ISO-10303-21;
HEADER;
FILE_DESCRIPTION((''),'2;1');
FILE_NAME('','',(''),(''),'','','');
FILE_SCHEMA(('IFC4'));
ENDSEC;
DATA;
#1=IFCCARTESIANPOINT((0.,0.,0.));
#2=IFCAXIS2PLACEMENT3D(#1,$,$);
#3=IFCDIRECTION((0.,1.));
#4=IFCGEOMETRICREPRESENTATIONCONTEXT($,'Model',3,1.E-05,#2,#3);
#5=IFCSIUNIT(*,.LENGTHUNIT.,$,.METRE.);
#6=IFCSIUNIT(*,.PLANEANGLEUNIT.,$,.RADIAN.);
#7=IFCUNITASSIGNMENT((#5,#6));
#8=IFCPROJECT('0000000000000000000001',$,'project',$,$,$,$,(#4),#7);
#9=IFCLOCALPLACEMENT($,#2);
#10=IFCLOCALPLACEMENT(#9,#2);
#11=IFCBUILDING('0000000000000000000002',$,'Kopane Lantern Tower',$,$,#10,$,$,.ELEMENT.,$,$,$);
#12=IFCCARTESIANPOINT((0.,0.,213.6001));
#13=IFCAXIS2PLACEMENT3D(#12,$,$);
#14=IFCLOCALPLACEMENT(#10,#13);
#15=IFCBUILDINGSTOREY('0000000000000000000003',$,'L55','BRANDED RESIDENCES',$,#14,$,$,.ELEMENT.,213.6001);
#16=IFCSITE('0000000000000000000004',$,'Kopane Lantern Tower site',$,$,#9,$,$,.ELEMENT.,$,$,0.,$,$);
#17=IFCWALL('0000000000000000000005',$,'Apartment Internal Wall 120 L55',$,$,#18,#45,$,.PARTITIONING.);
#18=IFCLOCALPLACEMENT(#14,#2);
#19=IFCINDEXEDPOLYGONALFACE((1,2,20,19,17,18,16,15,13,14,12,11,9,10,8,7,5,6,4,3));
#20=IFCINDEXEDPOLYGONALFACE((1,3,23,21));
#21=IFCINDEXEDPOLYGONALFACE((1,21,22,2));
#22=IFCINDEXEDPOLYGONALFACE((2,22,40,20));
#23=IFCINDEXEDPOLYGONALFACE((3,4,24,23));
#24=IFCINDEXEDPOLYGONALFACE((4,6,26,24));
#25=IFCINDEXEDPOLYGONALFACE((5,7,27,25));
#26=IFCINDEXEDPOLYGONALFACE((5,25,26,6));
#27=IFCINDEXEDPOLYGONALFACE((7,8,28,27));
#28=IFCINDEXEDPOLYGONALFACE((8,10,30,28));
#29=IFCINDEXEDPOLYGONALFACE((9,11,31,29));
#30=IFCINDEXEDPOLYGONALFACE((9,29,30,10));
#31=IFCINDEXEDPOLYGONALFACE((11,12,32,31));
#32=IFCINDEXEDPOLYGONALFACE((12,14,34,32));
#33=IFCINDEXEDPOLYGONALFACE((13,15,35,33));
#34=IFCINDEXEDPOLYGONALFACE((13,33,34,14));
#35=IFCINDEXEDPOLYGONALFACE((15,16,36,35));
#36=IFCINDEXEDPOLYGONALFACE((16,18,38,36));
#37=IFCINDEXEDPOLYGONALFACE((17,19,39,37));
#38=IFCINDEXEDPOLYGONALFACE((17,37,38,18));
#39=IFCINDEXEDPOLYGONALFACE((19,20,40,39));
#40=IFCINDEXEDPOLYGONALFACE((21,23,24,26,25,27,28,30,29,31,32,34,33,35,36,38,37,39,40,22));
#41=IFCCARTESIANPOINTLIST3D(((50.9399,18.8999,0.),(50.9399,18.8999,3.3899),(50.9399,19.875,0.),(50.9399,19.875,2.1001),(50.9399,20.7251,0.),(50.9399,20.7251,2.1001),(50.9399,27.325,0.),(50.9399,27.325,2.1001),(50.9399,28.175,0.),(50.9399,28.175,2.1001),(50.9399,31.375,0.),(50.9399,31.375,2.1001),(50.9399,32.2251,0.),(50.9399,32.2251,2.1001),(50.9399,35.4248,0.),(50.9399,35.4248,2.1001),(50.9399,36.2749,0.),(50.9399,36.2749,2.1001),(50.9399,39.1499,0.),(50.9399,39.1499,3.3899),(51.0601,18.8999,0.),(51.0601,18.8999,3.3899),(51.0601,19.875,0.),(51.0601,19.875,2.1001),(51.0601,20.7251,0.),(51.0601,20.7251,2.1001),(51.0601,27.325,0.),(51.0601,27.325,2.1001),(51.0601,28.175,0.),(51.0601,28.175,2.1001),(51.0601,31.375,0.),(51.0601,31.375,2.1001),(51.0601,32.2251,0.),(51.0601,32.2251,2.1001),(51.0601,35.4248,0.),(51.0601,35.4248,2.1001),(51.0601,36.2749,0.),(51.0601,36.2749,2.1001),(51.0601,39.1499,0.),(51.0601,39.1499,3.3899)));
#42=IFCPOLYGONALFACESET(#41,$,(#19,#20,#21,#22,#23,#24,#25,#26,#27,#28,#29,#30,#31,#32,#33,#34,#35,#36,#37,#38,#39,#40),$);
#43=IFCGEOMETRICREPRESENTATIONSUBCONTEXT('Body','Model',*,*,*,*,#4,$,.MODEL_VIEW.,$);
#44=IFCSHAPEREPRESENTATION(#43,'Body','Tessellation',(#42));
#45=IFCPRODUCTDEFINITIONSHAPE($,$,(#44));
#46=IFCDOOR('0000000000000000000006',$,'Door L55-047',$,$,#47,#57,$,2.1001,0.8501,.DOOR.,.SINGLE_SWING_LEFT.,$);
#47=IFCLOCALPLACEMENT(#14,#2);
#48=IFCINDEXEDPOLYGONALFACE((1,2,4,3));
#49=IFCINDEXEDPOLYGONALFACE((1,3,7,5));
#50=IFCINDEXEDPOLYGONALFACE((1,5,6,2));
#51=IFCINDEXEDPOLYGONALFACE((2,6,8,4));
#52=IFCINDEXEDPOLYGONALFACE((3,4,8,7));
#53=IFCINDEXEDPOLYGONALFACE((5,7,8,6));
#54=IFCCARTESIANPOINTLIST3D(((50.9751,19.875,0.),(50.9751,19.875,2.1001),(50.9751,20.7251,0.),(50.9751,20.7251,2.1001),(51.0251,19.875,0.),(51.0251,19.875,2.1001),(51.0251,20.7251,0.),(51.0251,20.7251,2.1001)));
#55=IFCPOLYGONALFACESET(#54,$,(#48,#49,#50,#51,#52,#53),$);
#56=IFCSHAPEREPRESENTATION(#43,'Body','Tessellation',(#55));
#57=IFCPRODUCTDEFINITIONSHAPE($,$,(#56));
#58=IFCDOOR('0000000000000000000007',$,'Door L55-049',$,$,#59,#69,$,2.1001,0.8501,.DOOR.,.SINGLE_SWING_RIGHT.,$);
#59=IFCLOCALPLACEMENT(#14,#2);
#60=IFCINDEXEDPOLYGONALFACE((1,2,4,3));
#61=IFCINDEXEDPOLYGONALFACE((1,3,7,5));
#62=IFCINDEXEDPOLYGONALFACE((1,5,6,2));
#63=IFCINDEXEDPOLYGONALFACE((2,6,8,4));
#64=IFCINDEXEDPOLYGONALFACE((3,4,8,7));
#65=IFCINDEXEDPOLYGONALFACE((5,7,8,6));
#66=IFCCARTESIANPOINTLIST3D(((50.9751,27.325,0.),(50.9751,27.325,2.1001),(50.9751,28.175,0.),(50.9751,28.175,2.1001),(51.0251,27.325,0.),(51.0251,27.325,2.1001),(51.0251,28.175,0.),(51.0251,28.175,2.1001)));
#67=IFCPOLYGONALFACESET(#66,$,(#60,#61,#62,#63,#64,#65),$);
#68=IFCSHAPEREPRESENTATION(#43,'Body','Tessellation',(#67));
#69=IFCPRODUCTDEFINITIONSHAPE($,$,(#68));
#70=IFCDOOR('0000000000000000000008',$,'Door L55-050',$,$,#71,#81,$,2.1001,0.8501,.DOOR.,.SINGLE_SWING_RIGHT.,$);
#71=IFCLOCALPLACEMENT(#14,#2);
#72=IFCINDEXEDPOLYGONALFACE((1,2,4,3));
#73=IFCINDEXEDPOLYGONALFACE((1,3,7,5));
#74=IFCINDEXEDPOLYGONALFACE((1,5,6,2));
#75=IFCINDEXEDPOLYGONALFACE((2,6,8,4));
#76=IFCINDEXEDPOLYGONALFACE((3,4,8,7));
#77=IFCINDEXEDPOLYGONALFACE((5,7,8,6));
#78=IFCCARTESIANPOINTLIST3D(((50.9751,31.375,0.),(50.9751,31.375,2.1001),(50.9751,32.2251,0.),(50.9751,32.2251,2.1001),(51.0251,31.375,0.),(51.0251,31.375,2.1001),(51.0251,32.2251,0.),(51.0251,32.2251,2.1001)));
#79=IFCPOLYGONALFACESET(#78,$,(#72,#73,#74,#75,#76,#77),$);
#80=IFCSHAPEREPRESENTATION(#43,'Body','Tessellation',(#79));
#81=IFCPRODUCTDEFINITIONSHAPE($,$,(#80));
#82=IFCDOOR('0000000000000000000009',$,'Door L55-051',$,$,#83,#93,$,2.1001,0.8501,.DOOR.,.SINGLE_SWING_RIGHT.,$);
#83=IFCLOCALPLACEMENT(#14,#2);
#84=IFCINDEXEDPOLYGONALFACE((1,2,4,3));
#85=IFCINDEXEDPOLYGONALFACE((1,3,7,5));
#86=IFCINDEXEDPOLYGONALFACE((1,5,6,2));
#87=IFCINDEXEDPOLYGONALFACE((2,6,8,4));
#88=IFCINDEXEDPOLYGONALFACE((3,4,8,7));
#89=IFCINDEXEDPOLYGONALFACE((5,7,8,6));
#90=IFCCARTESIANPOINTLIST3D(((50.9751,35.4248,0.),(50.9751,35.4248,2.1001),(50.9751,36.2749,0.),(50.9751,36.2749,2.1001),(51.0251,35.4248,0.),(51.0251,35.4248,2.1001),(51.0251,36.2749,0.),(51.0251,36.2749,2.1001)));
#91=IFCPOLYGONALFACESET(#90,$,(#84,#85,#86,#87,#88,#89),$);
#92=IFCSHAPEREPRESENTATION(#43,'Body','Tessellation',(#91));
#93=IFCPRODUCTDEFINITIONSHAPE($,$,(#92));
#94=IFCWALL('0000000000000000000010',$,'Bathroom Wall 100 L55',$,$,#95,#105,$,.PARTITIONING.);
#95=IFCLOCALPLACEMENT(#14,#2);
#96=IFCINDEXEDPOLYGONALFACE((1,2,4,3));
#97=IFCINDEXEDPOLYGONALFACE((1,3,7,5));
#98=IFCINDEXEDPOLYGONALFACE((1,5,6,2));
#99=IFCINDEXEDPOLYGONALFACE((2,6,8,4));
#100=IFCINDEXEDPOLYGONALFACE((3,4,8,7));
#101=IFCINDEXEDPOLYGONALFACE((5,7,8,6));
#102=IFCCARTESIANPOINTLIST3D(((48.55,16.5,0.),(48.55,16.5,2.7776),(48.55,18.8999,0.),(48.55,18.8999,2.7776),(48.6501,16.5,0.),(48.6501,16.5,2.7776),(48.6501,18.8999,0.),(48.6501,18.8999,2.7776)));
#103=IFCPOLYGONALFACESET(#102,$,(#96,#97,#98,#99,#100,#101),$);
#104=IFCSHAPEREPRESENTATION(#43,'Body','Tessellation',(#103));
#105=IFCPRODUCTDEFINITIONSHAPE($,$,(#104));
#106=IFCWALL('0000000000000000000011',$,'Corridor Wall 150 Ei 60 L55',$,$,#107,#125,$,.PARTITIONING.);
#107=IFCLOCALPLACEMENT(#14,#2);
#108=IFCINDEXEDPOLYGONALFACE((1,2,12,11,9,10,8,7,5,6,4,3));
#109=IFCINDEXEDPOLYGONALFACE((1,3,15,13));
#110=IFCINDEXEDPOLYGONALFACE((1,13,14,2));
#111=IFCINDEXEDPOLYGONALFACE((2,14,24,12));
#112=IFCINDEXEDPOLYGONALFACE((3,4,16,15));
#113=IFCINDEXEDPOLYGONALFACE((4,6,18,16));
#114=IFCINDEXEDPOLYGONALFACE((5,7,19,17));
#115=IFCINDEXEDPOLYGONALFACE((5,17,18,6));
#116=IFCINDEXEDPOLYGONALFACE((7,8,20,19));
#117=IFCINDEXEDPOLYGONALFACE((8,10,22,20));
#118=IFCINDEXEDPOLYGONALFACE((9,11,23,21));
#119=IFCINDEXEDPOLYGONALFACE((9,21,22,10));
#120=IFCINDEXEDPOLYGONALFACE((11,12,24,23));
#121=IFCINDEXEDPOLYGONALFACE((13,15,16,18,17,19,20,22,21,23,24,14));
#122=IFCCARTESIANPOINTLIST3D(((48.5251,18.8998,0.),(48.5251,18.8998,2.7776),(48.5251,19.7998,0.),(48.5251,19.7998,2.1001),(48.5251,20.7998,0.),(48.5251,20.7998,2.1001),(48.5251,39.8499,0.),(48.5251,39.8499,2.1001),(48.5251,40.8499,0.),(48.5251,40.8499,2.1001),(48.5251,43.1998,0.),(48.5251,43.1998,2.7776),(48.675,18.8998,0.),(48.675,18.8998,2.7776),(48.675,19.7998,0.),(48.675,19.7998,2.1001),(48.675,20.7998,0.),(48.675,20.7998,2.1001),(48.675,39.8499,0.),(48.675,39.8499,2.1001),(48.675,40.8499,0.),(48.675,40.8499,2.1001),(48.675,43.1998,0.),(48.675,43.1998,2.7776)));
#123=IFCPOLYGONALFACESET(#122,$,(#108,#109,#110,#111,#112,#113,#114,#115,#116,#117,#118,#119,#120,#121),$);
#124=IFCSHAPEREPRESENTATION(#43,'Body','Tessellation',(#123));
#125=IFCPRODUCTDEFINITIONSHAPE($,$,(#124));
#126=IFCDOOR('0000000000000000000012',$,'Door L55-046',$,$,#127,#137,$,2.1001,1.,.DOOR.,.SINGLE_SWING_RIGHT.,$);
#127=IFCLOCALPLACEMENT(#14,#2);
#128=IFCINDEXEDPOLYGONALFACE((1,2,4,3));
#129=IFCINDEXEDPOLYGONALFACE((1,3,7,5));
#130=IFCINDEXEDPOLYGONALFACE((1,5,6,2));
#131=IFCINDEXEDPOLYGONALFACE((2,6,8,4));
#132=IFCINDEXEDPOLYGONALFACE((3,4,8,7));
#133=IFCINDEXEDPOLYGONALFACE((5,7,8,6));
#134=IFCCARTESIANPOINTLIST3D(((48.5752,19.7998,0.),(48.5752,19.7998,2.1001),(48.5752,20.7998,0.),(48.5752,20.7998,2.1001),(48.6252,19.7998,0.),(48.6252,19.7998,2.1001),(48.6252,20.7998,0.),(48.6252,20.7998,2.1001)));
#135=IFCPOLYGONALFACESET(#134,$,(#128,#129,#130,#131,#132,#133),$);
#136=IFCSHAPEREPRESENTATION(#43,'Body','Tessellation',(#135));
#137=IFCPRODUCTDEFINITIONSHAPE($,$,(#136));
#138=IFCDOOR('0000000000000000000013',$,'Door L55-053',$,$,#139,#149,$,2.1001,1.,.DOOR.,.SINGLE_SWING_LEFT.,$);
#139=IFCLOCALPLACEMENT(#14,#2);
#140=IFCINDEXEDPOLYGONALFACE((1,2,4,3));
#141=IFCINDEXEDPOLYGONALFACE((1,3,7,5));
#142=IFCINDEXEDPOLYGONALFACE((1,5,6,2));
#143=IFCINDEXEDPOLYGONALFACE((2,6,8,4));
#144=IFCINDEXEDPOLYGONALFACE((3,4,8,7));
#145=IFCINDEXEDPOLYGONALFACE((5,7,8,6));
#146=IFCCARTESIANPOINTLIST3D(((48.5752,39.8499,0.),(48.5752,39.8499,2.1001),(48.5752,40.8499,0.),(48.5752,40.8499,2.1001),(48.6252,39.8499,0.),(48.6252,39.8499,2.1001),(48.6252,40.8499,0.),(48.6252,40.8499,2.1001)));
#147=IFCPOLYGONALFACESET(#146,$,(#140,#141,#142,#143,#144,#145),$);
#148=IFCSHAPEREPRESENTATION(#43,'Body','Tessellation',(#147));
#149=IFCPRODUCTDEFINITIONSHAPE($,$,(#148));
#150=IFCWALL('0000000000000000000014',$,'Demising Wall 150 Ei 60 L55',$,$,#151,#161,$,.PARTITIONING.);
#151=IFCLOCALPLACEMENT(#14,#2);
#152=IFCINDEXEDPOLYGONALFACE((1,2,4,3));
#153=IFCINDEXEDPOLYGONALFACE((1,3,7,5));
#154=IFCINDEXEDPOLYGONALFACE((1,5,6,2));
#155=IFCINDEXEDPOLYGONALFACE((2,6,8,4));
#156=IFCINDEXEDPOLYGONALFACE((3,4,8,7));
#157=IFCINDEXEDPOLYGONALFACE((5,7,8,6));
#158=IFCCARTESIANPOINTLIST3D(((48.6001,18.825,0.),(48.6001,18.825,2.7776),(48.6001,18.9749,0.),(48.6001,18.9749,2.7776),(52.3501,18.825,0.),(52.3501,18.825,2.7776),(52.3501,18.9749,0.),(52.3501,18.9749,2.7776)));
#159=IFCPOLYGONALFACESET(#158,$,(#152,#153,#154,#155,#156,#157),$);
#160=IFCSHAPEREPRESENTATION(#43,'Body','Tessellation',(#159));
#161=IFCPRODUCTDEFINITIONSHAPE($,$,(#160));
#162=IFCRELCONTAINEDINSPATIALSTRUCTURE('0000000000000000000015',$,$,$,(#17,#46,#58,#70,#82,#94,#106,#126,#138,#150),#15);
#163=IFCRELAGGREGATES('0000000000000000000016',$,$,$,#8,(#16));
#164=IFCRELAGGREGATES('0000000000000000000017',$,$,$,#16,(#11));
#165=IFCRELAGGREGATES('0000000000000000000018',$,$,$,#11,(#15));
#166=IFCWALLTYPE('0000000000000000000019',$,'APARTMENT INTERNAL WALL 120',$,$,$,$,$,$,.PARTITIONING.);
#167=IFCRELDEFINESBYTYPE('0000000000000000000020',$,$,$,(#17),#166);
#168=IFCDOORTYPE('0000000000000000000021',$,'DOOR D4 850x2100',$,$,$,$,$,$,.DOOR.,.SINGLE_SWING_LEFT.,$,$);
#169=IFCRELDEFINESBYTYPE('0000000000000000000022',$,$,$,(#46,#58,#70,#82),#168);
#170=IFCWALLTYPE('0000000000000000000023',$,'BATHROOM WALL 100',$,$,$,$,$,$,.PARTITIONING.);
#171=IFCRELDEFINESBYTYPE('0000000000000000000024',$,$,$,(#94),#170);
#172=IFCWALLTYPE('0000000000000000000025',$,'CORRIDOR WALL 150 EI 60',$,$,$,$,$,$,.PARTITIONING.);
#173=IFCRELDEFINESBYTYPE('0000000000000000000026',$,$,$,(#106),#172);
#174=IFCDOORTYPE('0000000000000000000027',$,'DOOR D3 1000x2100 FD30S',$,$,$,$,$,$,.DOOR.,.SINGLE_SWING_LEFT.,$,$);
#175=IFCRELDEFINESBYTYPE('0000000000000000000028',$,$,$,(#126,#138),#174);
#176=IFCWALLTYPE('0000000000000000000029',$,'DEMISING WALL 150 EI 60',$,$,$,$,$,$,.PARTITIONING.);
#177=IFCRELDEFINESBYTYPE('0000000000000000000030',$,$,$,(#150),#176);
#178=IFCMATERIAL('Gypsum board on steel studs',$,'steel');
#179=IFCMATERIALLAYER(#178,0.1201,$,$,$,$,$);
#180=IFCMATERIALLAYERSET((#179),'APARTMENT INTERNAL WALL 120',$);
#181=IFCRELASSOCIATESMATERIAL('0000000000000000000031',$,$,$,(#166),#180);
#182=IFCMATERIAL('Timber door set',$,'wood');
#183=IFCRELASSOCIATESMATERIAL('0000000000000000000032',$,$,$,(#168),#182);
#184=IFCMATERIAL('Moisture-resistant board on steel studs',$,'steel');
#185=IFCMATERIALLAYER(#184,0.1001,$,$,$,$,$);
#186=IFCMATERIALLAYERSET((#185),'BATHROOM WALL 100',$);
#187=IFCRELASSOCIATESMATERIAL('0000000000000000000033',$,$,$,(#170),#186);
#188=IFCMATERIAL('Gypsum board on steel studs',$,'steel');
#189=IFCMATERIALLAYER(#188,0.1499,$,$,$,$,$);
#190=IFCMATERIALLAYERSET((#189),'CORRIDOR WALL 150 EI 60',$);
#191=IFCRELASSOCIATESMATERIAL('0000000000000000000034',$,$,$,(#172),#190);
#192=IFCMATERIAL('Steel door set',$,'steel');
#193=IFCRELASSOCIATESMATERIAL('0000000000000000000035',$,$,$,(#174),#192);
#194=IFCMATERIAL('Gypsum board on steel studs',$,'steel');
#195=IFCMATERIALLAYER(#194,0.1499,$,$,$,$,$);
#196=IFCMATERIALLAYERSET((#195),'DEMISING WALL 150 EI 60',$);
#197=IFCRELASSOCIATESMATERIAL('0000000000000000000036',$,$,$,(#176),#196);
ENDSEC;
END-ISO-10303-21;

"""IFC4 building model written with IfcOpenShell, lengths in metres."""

from ifc_helpers import new_model, si_unit, direction, frame, frame_2d, origin, place, context, subcontext, project, spatial, rectangle, extrude, material, layer, layer_set, type_object, element, fill, save


model = new_model("IFC4")

# Units and contexts
model_context = context("Model", 3, precision=1e-05, world=origin(), true_north=direction((0.0, 1.0)))
body_context = subcontext(model_context, "Body", "Model", "MODEL_VIEW")
ifc_project = project(units=[si_unit("LENGTHUNIT", "METRE"), si_unit("PLANEANGLEUNIT", "RADIAN")], contexts=[model_context])

# Site, building, storey
site_placement = place(None, origin())
site = spatial("IfcSite", under=ifc_project, at=site_placement, Name="Kopane Lantern Tower site", CompositionType="ELEMENT", RefElevation=0.0)
building_placement = place(site_placement, origin())
building = spatial("IfcBuilding", under=site, at=building_placement, Name="Kopane Lantern Tower", CompositionType="ELEMENT")
storey_placement = place(building_placement, frame((0.0, 0.0, 213.6001)))
storey = spatial("IfcBuildingStorey", under=building, at=storey_placement, Name="L55", Description="BRANDED RESIDENCES", CompositionType="ELEMENT", Elevation=213.6001)

# Wall, openings, doors
ifc_material_1 = material(Name="Gypsum board on steel studs", Category="steel")
ifc_layer_1 = layer(ifc_material_1, 0.1201)
ifc_layer_set_1 = layer_set([ifc_layer_1], Name="APARTMENT INTERNAL WALL 120")
wall_type_1 = type_object("IfcWallType", Name="APARTMENT INTERNAL WALL 120", PredefinedType="PARTITIONING", material=ifc_layer_set_1)
wall_1_placement = place(storey_placement, frame((51.0, 18.8999, 0.0), z_axis=(0.0, 0.0, 1.0), x_axis=(0.0, 1.0, 0.0)))
wall_1 = element("IfcWall", 1, at=wall_1_placement, inside=storey, type_object=wall_type_1, Name="Apartment Internal Wall 120 L55", PredefinedType="PARTITIONING", context=body_context, shape_type="SweptSolid", body=[
    extrude(rectangle(XDim=20.25, YDim=0.1201, at=frame_2d((10.125, 0.0))), origin(), (0.0, 0.0, 1.0), 3.3899),
])
opening_1_placement = place(wall_1_placement, frame((0.9751, 0.0, 0.0)))
opening_1 = element("IfcOpeningElement", 2, at=opening_1_placement, cuts=wall_1, PredefinedType="OPENING", context=body_context, shape_type="SweptSolid", body=[
    extrude(rectangle(XDim=0.8501, YDim=2.1001, at=frame_2d((0.425, 1.05))), frame((0.0, 0.0701, 0.0), z_axis=(0.0, -1.0, 0.0), x_axis=(1.0, 0.0, 0.0)), (0.0, 0.0, 1.0), 0.1401),
])
opening_2_placement = place(wall_1_placement, frame((8.425, 0.0, 0.0)))
opening_2 = element("IfcOpeningElement", 3, at=opening_2_placement, cuts=wall_1, PredefinedType="OPENING", context=body_context, shape_type="SweptSolid", body=[
    extrude(rectangle(XDim=0.8501, YDim=2.1001, at=frame_2d((0.425, 1.05))), frame((0.0, 0.0701, 0.0), z_axis=(0.0, -1.0, 0.0), x_axis=(1.0, 0.0, 0.0)), (0.0, 0.0, 1.0), 0.1401),
])
opening_3_placement = place(wall_1_placement, frame((12.4751, 0.0, 0.0)))
opening_3 = element("IfcOpeningElement", 4, at=opening_3_placement, cuts=wall_1, PredefinedType="OPENING", context=body_context, shape_type="SweptSolid", body=[
    extrude(rectangle(XDim=0.8501, YDim=2.1001, at=frame_2d((0.425, 1.05))), frame((0.0, 0.0701, 0.0), z_axis=(0.0, -1.0, 0.0), x_axis=(1.0, 0.0, 0.0)), (0.0, 0.0, 1.0), 0.1401),
])
opening_4_placement = place(wall_1_placement, frame((16.5249, 0.0, 0.0)))
opening_4 = element("IfcOpeningElement", 5, at=opening_4_placement, cuts=wall_1, PredefinedType="OPENING", context=body_context, shape_type="SweptSolid", body=[
    extrude(rectangle(XDim=0.8501, YDim=2.1001, at=frame_2d((0.425, 1.05))), frame((0.0, 0.0701, 0.0), z_axis=(0.0, -1.0, 0.0), x_axis=(1.0, 0.0, 0.0)), (0.0, 0.0, 1.0), 0.1401),
])
ifc_material_2 = material(Name="Timber door set", Category="wood")
door_type_1 = type_object("IfcDoorType", Name="DOOR D4 850x2100", OperationType="SINGLE_SWING_LEFT", PredefinedType="DOOR", material=ifc_material_2)
door_1_placement = place(opening_1_placement, origin())
door_1 = element("IfcDoor", 6, at=door_1_placement, inside=storey, type_object=door_type_1, Name="Door L55-047", OperationType="SINGLE_SWING_LEFT", OverallHeight=2.1001, OverallWidth=0.8501, PredefinedType="DOOR", context=body_context, shape_type="SweptSolid", body=[
    extrude(rectangle(XDim=0.8501, YDim=2.1001, at=frame_2d((0.425, 1.05))), frame((0.0, 0.0249, 0.0), z_axis=(0.0, -1.0, 0.0), x_axis=(1.0, 0.0, 0.0)), (0.0, 0.0, 1.0), 0.05),
])
fill(opening_1, door_1)
door_2_placement = place(opening_2_placement, origin())
door_2 = element("IfcDoor", 7, at=door_2_placement, inside=storey, type_object=door_type_1, Name="Door L55-049", OperationType="SINGLE_SWING_RIGHT", OverallHeight=2.1001, OverallWidth=0.8501, PredefinedType="DOOR", context=body_context, shape_type="SweptSolid", body=[
    extrude(rectangle(XDim=0.8501, YDim=2.1001, at=frame_2d((0.425, 1.05))), frame((0.0, 0.0249, 0.0), z_axis=(0.0, -1.0, 0.0), x_axis=(1.0, 0.0, 0.0)), (0.0, 0.0, 1.0), 0.05),
])
fill(opening_2, door_2)
door_3_placement = place(opening_3_placement, origin())
door_3 = element("IfcDoor", 8, at=door_3_placement, inside=storey, type_object=door_type_1, Name="Door L55-050", OperationType="SINGLE_SWING_RIGHT", OverallHeight=2.1001, OverallWidth=0.8501, PredefinedType="DOOR", context=body_context, shape_type="SweptSolid", body=[
    extrude(rectangle(XDim=0.8501, YDim=2.1001, at=frame_2d((0.425, 1.05))), frame((0.0, 0.0249, 0.0), z_axis=(0.0, -1.0, 0.0), x_axis=(1.0, 0.0, 0.0)), (0.0, 0.0, 1.0), 0.05),
])
fill(opening_3, door_3)
door_4_placement = place(opening_4_placement, origin())
door_4 = element("IfcDoor", 9, at=door_4_placement, inside=storey, type_object=door_type_1, Name="Door L55-051", OperationType="SINGLE_SWING_RIGHT", OverallHeight=2.1001, OverallWidth=0.8501, PredefinedType="DOOR", context=body_context, shape_type="SweptSolid", body=[
    extrude(rectangle(XDim=0.8501, YDim=2.1001, at=frame_2d((0.425, 1.05))), frame((0.0, 0.0249, 0.0), z_axis=(0.0, -1.0, 0.0), x_axis=(1.0, 0.0, 0.0)), (0.0, 0.0, 1.0), 0.05),
])
fill(opening_4, door_4)

# Wall
ifc_material_3 = material(Name="Moisture-resistant board on steel studs", Category="steel")
ifc_layer_2 = layer(ifc_material_3, 0.1001)
ifc_layer_set_2 = layer_set([ifc_layer_2], Name="BATHROOM WALL 100")
wall_type_2 = type_object("IfcWallType", Name="BATHROOM WALL 100", PredefinedType="PARTITIONING", material=ifc_layer_set_2)
wall_2_placement = place(storey_placement, frame((48.6001, 18.8999, 0.0), z_axis=(0.0, 0.0, 1.0), x_axis=(0.0, -1.0, 0.0)))
element("IfcWall", 10, at=wall_2_placement, inside=storey, type_object=wall_type_2, Name="Bathroom Wall 100 L55", PredefinedType="PARTITIONING", context=body_context, shape_type="SweptSolid", body=[
    extrude(rectangle(XDim=2.3999, YDim=0.1001, at=frame_2d((1.2, 0.0))), origin(), (0.0, 0.0, 1.0), 2.7776),
])

# Wall, openings, doors
ifc_material_4 = material(Name="Gypsum board on steel studs", Category="steel")
ifc_layer_3 = layer(ifc_material_4, 0.1499)
ifc_layer_set_3 = layer_set([ifc_layer_3], Name="CORRIDOR WALL 150 EI 60")
wall_type_3 = type_object("IfcWallType", Name="CORRIDOR WALL 150 EI 60", PredefinedType="PARTITIONING", material=ifc_layer_set_3)
wall_3_placement = place(storey_placement, frame((48.6001, 18.8999, 0.0), z_axis=(0.0, 0.0, 1.0), x_axis=(0.0, 1.0, 0.0)))
wall_3 = element("IfcWall", 11, at=wall_3_placement, inside=storey, type_object=wall_type_3, Name="Corridor Wall 150 Ei 60 L55", PredefinedType="PARTITIONING", context=body_context, shape_type="SweptSolid", body=[
    extrude(rectangle(XDim=24.3, YDim=0.1499, at=frame_2d((12.1499, 0.0))), origin(), (0.0, 0.0, 1.0), 2.7776),
])
opening_5_placement = place(wall_3_placement, frame((0.8999, 0.0, 0.0)))
opening_5 = element("IfcOpeningElement", 12, at=opening_5_placement, cuts=wall_3, PredefinedType="OPENING", context=body_context, shape_type="SweptSolid", body=[
    extrude(rectangle(XDim=1.0, YDim=2.1001, at=frame_2d((0.5, 1.05))), frame((0.0, 0.085, 0.0), z_axis=(0.0, -1.0, 0.0), x_axis=(1.0, 0.0, 0.0)), (0.0, 0.0, 1.0), 0.1699),
])
opening_6_placement = place(wall_3_placement, frame((20.95, 0.0, 0.0)))
opening_6 = element("IfcOpeningElement", 13, at=opening_6_placement, cuts=wall_3, PredefinedType="OPENING", context=body_context, shape_type="SweptSolid", body=[
    extrude(rectangle(XDim=1.0, YDim=2.1001, at=frame_2d((0.5, 1.05))), frame((0.0, 0.085, 0.0), z_axis=(0.0, -1.0, 0.0), x_axis=(1.0, 0.0, 0.0)), (0.0, 0.0, 1.0), 0.1699),
])
ifc_material_5 = material(Name="Steel door set", Category="steel")
door_type_2 = type_object("IfcDoorType", Name="DOOR D3 1000x2100 FD30S", OperationType="SINGLE_SWING_LEFT", PredefinedType="DOOR", material=ifc_material_5)
door_5_placement = place(opening_5_placement, origin())
door_5 = element("IfcDoor", 14, at=door_5_placement, inside=storey, type_object=door_type_2, Name="Door L55-046", OperationType="SINGLE_SWING_RIGHT", OverallHeight=2.1001, OverallWidth=1.0, PredefinedType="DOOR", context=body_context, shape_type="SweptSolid", body=[
    extrude(rectangle(XDim=1.0, YDim=2.1001, at=frame_2d((0.5, 1.05))), frame((0.0, 0.0249, 0.0), z_axis=(0.0, -1.0, 0.0), x_axis=(1.0, 0.0, 0.0)), (0.0, 0.0, 1.0), 0.05),
])
fill(opening_5, door_5)
door_6_placement = place(opening_6_placement, origin())
door_6 = element("IfcDoor", 15, at=door_6_placement, inside=storey, type_object=door_type_2, Name="Door L55-053", OperationType="SINGLE_SWING_LEFT", OverallHeight=2.1001, OverallWidth=1.0, PredefinedType="DOOR", context=body_context, shape_type="SweptSolid", body=[
    extrude(rectangle(XDim=1.0, YDim=2.1001, at=frame_2d((0.5, 1.05))), frame((0.0, 0.0249, 0.0), z_axis=(0.0, -1.0, 0.0), x_axis=(1.0, 0.0, 0.0)), (0.0, 0.0, 1.0), 0.05),
])
fill(opening_6, door_6)

# Wall
ifc_material_6 = material(Name="Gypsum board on steel studs", Category="steel")
ifc_layer_4 = layer(ifc_material_6, 0.1499)
ifc_layer_set_4 = layer_set([ifc_layer_4], Name="DEMISING WALL 150 EI 60")
wall_type_4 = type_object("IfcWallType", Name="DEMISING WALL 150 EI 60", PredefinedType="PARTITIONING", material=ifc_layer_set_4)
wall_4_placement = place(storey_placement, frame((48.6001, 18.8999, 0.0), z_axis=(0.0, 0.0, 1.0), x_axis=(1.0, 0.0, 0.0)))
element("IfcWall", 16, at=wall_4_placement, inside=storey, type_object=wall_type_4, Name="Demising Wall 150 Ei 60 L55", PredefinedType="PARTITIONING", context=body_context, shape_type="SweptSolid", body=[
    extrude(rectangle(XDim=3.75, YDim=0.1499, at=frame_2d((1.875, 0.0))), origin(), (0.0, 0.0, 1.0), 2.7776),
])

save(model, "model.ifc")
